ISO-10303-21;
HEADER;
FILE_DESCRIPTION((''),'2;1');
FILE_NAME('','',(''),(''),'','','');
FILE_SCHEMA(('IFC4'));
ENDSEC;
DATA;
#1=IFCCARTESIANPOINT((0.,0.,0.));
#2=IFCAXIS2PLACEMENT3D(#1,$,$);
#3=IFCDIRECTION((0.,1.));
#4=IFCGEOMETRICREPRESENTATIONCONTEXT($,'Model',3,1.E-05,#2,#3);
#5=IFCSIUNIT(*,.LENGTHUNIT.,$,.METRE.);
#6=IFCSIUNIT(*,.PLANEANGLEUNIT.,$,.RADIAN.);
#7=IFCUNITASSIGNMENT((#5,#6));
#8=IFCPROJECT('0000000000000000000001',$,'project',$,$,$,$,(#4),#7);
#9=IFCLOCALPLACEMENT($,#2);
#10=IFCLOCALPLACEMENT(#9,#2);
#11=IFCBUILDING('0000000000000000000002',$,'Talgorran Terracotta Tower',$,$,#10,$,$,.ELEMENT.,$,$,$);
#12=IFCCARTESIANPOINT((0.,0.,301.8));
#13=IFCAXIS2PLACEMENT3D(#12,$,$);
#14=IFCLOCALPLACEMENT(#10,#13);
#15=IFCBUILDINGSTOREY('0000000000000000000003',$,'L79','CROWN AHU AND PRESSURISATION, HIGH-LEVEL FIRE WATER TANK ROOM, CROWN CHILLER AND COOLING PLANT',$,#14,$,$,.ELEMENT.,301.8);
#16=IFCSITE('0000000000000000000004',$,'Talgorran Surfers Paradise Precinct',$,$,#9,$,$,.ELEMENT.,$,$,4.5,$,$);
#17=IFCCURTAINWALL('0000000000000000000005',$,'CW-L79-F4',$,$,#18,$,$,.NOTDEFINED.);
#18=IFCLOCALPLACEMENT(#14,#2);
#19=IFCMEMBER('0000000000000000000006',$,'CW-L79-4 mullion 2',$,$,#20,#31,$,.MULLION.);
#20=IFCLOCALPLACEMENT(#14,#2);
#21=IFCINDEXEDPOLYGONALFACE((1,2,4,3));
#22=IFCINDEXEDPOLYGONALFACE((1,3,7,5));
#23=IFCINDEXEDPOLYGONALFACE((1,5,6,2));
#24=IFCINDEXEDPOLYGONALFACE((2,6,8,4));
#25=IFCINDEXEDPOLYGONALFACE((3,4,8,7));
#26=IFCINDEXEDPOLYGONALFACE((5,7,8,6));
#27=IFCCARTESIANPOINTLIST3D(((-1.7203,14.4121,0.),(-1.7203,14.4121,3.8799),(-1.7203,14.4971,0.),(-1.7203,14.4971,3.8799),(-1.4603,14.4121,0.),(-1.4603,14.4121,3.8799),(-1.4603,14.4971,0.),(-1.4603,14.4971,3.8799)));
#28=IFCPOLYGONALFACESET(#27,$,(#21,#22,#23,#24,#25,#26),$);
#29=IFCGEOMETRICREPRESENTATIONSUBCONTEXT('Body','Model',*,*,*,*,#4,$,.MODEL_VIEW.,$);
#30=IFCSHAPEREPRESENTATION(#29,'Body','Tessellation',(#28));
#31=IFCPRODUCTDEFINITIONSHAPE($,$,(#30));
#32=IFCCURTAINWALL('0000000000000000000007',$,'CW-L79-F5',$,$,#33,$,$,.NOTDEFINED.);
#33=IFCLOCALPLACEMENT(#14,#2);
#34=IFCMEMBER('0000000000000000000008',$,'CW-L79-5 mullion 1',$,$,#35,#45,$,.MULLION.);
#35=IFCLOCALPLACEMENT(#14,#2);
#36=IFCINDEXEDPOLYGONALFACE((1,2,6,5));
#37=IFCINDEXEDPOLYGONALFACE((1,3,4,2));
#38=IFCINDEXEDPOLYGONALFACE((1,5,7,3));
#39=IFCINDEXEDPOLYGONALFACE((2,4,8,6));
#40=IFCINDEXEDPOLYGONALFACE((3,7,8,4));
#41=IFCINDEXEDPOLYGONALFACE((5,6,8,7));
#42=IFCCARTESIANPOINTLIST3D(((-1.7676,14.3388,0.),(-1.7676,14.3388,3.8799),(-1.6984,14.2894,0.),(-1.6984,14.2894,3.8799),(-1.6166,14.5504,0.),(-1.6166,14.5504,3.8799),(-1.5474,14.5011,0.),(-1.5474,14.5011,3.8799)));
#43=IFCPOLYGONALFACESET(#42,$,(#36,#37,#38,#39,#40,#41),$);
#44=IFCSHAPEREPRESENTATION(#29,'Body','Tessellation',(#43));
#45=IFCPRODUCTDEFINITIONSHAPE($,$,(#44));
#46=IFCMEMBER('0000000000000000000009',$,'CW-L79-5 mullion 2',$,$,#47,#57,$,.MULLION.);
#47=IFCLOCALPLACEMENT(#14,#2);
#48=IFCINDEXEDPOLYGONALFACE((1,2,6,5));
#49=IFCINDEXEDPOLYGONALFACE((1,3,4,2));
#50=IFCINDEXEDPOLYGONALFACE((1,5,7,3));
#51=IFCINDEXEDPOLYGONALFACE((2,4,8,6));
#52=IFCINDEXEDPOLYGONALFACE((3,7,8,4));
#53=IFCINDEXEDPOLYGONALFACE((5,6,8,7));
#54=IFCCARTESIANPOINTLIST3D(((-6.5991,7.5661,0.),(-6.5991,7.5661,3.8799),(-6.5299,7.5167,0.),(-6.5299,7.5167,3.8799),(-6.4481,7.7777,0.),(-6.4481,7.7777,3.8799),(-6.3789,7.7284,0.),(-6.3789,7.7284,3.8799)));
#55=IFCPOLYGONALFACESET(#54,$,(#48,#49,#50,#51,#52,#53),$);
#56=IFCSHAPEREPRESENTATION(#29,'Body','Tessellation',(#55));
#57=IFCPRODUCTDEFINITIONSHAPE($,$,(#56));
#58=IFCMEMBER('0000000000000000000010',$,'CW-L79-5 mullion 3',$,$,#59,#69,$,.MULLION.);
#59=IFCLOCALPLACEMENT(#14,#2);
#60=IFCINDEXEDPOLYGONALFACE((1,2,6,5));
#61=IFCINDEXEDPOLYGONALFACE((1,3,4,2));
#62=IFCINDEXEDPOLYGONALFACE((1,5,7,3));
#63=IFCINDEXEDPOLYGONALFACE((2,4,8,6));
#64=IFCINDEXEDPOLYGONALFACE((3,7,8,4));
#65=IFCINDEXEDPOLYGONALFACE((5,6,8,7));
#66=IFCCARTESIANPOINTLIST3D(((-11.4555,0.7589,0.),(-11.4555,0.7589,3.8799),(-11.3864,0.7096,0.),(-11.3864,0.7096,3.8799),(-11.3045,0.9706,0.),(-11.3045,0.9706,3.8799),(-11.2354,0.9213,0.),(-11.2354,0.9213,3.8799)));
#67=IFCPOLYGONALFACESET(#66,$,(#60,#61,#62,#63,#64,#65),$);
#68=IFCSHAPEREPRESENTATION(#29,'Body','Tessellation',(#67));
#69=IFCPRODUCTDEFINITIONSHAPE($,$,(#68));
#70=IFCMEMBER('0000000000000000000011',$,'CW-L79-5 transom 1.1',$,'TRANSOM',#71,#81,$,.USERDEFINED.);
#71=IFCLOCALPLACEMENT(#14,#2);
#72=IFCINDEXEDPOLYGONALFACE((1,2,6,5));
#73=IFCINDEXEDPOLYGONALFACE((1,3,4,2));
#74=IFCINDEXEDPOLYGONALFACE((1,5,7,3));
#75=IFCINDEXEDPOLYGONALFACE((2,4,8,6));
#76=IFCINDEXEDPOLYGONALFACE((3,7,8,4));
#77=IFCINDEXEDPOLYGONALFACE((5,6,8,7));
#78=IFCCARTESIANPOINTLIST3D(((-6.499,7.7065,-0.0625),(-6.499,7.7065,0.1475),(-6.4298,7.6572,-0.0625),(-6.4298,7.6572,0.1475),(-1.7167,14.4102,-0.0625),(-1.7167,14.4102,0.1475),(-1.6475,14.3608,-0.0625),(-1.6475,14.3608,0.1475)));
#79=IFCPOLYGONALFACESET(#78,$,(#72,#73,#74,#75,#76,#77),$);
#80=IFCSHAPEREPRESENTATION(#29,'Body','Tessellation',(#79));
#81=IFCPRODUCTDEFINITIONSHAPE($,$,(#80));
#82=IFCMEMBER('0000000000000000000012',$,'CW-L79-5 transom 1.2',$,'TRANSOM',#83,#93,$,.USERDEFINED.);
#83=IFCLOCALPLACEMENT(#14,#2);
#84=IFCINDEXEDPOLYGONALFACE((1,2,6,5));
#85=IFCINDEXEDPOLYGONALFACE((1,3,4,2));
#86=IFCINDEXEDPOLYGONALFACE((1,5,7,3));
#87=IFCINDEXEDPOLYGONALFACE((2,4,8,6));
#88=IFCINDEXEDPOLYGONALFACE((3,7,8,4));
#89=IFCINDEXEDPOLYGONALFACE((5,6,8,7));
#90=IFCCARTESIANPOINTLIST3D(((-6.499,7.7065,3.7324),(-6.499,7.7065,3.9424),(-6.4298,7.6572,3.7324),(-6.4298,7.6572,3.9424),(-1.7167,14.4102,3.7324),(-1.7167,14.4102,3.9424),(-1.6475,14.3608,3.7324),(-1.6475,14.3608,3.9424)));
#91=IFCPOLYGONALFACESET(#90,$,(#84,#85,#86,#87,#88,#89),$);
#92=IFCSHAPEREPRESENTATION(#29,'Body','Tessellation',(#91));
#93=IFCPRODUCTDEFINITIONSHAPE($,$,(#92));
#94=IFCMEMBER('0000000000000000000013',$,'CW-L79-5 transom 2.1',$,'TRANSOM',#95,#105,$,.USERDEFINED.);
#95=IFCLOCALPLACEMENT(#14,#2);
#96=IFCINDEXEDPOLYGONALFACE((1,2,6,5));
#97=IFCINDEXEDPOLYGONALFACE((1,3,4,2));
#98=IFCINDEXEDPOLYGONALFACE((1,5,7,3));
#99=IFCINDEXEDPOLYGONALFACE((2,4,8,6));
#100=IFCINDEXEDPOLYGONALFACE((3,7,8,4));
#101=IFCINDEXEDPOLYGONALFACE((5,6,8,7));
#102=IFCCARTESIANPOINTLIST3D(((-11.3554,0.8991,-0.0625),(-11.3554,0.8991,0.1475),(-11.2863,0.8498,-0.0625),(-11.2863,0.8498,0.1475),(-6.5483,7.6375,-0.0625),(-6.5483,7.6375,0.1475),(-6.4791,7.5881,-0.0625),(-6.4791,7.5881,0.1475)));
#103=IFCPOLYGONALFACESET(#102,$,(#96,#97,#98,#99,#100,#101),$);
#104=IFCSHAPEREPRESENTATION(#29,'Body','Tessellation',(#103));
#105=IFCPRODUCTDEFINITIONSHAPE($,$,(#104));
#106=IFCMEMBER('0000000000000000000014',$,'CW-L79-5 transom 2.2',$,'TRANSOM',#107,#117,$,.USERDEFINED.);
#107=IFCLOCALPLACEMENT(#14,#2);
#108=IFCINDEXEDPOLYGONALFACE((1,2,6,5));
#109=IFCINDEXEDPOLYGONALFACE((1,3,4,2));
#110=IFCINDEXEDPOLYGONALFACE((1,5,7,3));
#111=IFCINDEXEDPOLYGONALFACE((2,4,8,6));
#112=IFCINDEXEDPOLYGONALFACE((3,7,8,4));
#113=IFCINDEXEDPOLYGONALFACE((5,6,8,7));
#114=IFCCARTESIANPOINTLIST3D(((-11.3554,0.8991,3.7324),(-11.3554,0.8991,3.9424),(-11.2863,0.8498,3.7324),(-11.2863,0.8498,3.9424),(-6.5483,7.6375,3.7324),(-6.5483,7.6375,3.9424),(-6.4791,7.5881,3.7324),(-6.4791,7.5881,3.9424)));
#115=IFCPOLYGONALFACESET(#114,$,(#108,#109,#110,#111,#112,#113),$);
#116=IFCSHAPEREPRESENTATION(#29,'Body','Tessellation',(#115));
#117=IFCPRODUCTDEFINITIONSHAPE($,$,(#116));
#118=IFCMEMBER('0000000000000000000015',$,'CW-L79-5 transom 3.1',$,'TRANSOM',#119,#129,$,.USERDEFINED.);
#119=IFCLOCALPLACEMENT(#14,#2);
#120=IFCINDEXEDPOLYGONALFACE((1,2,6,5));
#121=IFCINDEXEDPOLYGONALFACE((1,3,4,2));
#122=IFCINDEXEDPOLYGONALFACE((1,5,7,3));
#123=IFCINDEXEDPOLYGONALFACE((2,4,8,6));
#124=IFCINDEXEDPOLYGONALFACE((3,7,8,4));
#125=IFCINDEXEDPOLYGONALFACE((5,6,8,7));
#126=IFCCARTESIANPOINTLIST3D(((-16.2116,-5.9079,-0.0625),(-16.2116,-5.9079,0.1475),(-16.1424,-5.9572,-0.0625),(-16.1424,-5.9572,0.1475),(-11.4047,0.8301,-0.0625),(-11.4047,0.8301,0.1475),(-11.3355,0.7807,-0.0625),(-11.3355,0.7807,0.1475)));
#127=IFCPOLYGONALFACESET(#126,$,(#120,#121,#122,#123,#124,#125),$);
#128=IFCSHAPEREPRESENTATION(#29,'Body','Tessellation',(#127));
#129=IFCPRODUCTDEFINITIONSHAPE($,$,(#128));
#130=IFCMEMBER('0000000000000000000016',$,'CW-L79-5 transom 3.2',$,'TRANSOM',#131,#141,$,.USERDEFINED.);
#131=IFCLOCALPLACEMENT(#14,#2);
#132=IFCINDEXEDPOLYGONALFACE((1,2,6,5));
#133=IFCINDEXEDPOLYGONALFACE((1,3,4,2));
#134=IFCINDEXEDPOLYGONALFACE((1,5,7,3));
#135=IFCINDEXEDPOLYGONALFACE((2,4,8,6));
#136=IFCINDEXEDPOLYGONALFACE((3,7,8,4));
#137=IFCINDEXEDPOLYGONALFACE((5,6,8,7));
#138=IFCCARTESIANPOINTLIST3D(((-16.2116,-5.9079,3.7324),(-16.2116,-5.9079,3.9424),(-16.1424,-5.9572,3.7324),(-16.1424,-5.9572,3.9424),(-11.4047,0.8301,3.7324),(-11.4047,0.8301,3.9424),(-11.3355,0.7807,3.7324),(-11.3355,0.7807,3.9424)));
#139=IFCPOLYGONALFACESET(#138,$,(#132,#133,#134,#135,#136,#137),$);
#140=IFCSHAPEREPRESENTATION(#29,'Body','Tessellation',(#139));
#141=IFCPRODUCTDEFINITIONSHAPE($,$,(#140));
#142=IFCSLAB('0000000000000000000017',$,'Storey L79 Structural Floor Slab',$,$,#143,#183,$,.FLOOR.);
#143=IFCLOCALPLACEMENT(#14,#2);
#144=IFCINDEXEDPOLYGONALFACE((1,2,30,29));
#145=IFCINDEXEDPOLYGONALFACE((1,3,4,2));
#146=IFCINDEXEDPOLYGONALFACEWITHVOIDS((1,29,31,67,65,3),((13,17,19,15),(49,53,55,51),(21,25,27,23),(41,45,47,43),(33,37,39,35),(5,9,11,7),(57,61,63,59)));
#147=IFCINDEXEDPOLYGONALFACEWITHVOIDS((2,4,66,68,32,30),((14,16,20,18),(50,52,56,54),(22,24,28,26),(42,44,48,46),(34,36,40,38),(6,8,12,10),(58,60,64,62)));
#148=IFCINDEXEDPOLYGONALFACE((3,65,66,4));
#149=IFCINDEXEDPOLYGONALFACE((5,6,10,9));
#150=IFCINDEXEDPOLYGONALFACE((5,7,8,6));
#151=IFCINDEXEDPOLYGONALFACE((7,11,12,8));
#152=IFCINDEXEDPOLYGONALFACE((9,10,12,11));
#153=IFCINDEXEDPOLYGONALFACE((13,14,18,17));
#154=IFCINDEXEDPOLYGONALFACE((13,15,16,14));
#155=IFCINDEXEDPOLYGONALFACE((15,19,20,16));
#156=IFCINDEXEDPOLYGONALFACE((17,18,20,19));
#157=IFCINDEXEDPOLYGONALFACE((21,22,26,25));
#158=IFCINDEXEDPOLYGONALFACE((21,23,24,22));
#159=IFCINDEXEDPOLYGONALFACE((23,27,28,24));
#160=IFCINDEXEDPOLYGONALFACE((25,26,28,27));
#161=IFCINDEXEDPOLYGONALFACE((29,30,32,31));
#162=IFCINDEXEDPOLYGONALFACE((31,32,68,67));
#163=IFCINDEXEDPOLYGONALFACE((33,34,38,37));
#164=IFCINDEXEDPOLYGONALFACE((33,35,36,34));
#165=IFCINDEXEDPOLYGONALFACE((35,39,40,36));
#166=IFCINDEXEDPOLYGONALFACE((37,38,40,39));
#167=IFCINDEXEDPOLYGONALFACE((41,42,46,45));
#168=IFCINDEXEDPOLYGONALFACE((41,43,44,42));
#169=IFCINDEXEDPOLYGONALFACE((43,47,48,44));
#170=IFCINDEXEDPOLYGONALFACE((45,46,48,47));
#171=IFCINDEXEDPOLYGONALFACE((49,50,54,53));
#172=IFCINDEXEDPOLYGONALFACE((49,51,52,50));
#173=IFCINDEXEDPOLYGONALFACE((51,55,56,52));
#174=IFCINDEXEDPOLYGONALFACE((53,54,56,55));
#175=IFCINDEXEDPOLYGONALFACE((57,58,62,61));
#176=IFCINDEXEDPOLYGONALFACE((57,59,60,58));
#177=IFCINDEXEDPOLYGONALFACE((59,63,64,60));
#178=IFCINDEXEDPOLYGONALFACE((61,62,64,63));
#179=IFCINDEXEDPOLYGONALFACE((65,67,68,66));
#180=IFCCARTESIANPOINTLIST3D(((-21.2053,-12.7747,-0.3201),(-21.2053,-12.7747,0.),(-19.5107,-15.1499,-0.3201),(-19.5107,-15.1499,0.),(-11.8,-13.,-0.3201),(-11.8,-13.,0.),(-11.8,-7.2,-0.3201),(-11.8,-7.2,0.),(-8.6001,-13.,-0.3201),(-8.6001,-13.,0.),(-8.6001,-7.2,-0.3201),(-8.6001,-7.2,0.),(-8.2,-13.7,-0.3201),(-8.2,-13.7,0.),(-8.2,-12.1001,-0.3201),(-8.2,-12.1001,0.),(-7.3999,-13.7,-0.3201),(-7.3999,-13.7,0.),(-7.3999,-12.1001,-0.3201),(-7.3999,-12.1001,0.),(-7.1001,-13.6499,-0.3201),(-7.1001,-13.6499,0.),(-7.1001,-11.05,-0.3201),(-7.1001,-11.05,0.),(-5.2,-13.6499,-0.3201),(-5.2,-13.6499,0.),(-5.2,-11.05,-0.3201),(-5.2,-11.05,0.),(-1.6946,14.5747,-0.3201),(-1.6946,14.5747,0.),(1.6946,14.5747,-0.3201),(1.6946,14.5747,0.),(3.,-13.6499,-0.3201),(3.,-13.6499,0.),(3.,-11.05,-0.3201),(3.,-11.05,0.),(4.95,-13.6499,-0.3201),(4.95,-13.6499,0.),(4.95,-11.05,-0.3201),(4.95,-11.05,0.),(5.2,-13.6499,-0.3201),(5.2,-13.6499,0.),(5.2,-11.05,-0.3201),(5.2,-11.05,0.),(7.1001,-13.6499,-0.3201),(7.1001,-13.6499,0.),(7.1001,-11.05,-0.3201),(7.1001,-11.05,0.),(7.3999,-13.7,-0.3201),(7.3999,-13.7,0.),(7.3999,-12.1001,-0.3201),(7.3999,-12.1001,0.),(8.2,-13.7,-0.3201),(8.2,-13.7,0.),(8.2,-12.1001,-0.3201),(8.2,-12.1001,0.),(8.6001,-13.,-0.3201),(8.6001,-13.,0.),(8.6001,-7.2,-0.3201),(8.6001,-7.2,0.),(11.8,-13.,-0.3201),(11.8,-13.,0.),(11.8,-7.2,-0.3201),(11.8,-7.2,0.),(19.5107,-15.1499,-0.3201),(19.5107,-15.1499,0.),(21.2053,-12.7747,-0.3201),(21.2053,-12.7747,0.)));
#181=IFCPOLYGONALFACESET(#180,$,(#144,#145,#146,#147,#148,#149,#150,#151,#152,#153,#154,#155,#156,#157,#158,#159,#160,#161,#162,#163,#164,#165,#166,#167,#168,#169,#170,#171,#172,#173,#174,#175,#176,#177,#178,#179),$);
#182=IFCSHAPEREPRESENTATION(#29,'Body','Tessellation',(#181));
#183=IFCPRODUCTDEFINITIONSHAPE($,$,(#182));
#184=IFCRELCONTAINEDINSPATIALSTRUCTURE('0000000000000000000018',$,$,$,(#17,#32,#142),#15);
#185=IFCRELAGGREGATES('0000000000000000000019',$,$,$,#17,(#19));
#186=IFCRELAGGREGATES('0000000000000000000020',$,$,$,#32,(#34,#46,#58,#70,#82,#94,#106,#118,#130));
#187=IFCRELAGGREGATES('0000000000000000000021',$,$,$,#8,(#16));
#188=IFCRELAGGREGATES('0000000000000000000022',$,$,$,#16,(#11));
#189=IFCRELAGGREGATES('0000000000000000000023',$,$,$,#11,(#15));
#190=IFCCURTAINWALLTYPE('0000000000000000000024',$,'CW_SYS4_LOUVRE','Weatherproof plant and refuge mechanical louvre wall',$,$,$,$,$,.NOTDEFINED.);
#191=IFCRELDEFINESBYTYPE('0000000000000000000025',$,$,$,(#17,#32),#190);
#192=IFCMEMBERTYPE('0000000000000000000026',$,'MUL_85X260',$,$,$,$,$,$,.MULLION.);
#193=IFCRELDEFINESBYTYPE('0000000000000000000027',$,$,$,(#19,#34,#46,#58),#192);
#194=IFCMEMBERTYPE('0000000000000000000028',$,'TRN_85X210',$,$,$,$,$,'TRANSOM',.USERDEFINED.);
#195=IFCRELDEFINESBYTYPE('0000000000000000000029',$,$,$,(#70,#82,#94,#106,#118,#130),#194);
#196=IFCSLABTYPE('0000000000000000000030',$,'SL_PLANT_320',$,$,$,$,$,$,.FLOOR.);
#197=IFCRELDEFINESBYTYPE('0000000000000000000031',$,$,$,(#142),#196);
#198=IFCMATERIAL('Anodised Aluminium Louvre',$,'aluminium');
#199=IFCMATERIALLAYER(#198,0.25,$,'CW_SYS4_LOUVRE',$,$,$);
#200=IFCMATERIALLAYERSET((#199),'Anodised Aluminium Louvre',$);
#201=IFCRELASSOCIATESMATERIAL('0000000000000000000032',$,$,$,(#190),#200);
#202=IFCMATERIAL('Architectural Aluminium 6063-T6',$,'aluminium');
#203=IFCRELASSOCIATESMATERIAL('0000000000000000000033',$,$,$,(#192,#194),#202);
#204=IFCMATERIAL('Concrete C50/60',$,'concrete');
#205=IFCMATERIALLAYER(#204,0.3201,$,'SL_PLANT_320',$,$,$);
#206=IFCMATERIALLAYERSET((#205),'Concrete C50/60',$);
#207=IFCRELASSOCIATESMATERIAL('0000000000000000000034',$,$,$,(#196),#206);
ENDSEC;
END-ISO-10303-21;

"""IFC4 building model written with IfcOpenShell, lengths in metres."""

from ifc_helpers import new_model, si_unit, direction, frame, origin, origin_2d, place, context, subcontext, project, spatial, polyline, rectangle, outline, extrude, material, layer, layer_set, material_profile, profile_set, type_object, element, aggregate, save


model = new_model("IFC4")

# Units and contexts
model_context = context("Model", 3, precision=1e-05, world=origin(), true_north=direction((0.0, 1.0)))
body_context = subcontext(model_context, "Body", "Model", "MODEL_VIEW")
ifc_project = project(units=[si_unit("LENGTHUNIT", "METRE"), si_unit("PLANEANGLEUNIT", "RADIAN")], contexts=[model_context])

# Site, building, storey
site_placement = place(None, origin())
site = spatial("IfcSite", under=ifc_project, at=site_placement, Name="Talgorran Surfers Paradise Precinct", CompositionType="ELEMENT", RefElevation=4.5)
building_placement = place(site_placement, origin())
building = spatial("IfcBuilding", under=site, at=building_placement, Name="Talgorran Terracotta Tower", CompositionType="ELEMENT")
storey_placement = place(building_placement, frame((0.0, 0.0, 301.8)))
storey = spatial("IfcBuildingStorey", under=building, at=storey_placement, Name="L79", Description="CROWN AHU AND PRESSURISATION, HIGH-LEVEL FIRE WATER TANK ROOM, CROWN CHILLER AND COOLING PLANT", CompositionType="ELEMENT", Elevation=301.8)

# Curtain wall, member
ifc_material_1 = material(Name="Anodised Aluminium Louvre", Category="aluminium")
ifc_layer_1 = layer(ifc_material_1, 0.25, Name="CW_SYS4_LOUVRE")
ifc_layer_set_1 = layer_set([ifc_layer_1], Name="Anodised Aluminium Louvre")
curtain_wall_type = type_object("IfcCurtainWallType", Name="CW_SYS4_LOUVRE", Description="Weatherproof plant and refuge mechanical louvre wall", PredefinedType="NOTDEFINED", material=ifc_layer_set_1)
curtain_wall_1_placement = place(storey_placement, origin())
curtain_wall_1 = element("IfcCurtainWall", 1, at=curtain_wall_1_placement, inside=storey, type_object=curtain_wall_type, Name="CW-L79-F4", PredefinedType="NOTDEFINED")
ifc_material_2 = material(Name="Architectural Aluminium 6063-T6", Category="aluminium")
ifc_material_profile_1 = material_profile(ifc_material_2, rectangle(XDim=0.085, YDim=0.26, at=origin_2d()), Name="CWM85X260")
ifc_profile_set_1 = profile_set([ifc_material_profile_1], Name="Architectural Aluminium 6063-T6")
member_type_1 = type_object("IfcMemberType", Name="MUL_85X260", PredefinedType="MULLION", material=ifc_profile_set_1)
member_1_placement = place(storey_placement, frame((-1.5903, 14.4546, 0.0), z_axis=(0.0, 0.0, 1.0), x_axis=(0.0, -1.0, 0.0)))
member_1 = element("IfcMember", 2, at=member_1_placement, type_object=member_type_1, Name="CW-L79-4 mullion 2", PredefinedType="MULLION", context=body_context, shape_type="SweptSolid", body=[
    extrude(rectangle(XDim=0.085, YDim=0.26, at=origin_2d()), origin(), (0.0, 0.0, 1.0), 3.8799),
])
aggregate(curtain_wall_1, [member_1])

# Curtain wall, members
curtain_wall_2_placement = place(storey_placement, origin())
curtain_wall_2 = element("IfcCurtainWall", 3, at=curtain_wall_2_placement, inside=storey, type_object=curtain_wall_type, Name="CW-L79-F5", PredefinedType="NOTDEFINED")
member_2_placement = place(storey_placement, frame((-1.6575, 14.4199, 0.0), z_axis=(0.0, 0.0, 1.0), x_axis=(0.814076, -0.580758, 0.0)))
member_2 = element("IfcMember", 4, at=member_2_placement, type_object=member_type_1, Name="CW-L79-5 mullion 1", PredefinedType="MULLION", context=body_context, shape_type="SweptSolid", body=[
    extrude(rectangle(XDim=0.085, YDim=0.26, at=origin_2d()), origin(), (0.0, 0.0, 1.0), 3.8799),
])
member_3_placement = place(storey_placement, frame((-6.489, 7.6472, 0.0), z_axis=(0.0, 0.0, 1.0), x_axis=(0.814076, -0.580758, 0.0)))
member_3 = element("IfcMember", 5, at=member_3_placement, type_object=member_type_1, Name="CW-L79-5 mullion 2", PredefinedType="MULLION", context=body_context, shape_type="SweptSolid", body=[
    extrude(rectangle(XDim=0.085, YDim=0.26, at=origin_2d()), origin(), (0.0, 0.0, 1.0), 3.8799),
])
member_4_placement = place(storey_placement, frame((-11.3455, 0.8401, 0.0), z_axis=(0.0, 0.0, 1.0), x_axis=(0.814076, -0.580758, 0.0)))
member_4 = element("IfcMember", 6, at=member_4_placement, type_object=member_type_1, Name="CW-L79-5 mullion 3", PredefinedType="MULLION", context=body_context, shape_type="SweptSolid", body=[
    extrude(rectangle(XDim=0.085, YDim=0.26, at=origin_2d()), origin(), (0.0, 0.0, 1.0), 3.8799),
])
ifc_material_profile_2 = material_profile(ifc_material_2, rectangle(XDim=0.085, YDim=0.21, at=origin_2d()), Name="CWT85X210")
ifc_profile_set_2 = profile_set([ifc_material_profile_2], Name="Architectural Aluminium 6063-T6")
member_type_2 = type_object("IfcMemberType", Name="TRN_85X210", ElementType="TRANSOM", PredefinedType="USERDEFINED", material=ifc_profile_set_2)
member_5_placement = place(storey_placement, frame((-1.6821, 14.3855, 0.0425), z_axis=(-0.58075, -0.814082, 0.0), x_axis=(0.814082, -0.58075, 0.0)))
member_5 = element("IfcMember", 7, at=member_5_placement, type_object=member_type_2, Name="CW-L79-5 transom 1.1", ObjectType="TRANSOM", PredefinedType="USERDEFINED", context=body_context, shape_type="SweptSolid", body=[
    extrude(rectangle(XDim=0.085, YDim=0.21, at=origin_2d()), origin(), (0.0, 0.0, 1.0), 8.2346),
])
member_6_placement = place(storey_placement, frame((-1.6821, 14.3855, 3.8374), z_axis=(-0.58075, -0.814082, 0.0), x_axis=(0.814082, -0.58075, 0.0)))
member_6 = element("IfcMember", 8, at=member_6_placement, type_object=member_type_2, Name="CW-L79-5 transom 1.2", ObjectType="TRANSOM", PredefinedType="USERDEFINED", context=body_context, shape_type="SweptSolid", body=[
    extrude(rectangle(XDim=0.085, YDim=0.21, at=origin_2d()), origin(), (0.0, 0.0, 1.0), 8.2346),
])
member_7_placement = place(storey_placement, frame((-6.5137, 7.6128, 0.0425), z_axis=(-0.580764, -0.814072, 0.0), x_axis=(0.814072, -0.580764, 0.0)))
member_7 = element("IfcMember", 9, at=member_7_placement, type_object=member_type_2, Name="CW-L79-5 transom 2.1", ObjectType="TRANSOM", PredefinedType="USERDEFINED", context=body_context, shape_type="SweptSolid", body=[
    extrude(rectangle(XDim=0.085, YDim=0.21, at=origin_2d()), origin(), (0.0, 0.0, 1.0), 8.2773),
])
member_8_placement = place(storey_placement, frame((-6.5137, 7.6128, 3.8374), z_axis=(-0.580764, -0.814072, 0.0), x_axis=(0.814072, -0.580764, 0.0)))
member_8 = element("IfcMember", 10, at=member_8_placement, type_object=member_type_2, Name="CW-L79-5 transom 2.2", ObjectType="TRANSOM", PredefinedType="USERDEFINED", context=body_context, shape_type="SweptSolid", body=[
    extrude(rectangle(XDim=0.085, YDim=0.21, at=origin_2d()), origin(), (0.0, 0.0, 1.0), 8.2773),
])
member_9_placement = place(storey_placement, frame((-11.3701, 0.8054, 0.0425), z_axis=(-0.580758, -0.814076, 0.0), x_axis=(0.814076, -0.580758, 0.0)))
member_9 = element("IfcMember", 11, at=member_9_placement, type_object=member_type_2, Name="CW-L79-5 transom 3.1", ObjectType="TRANSOM", PredefinedType="USERDEFINED", context=body_context, shape_type="SweptSolid", body=[
    extrude(rectangle(XDim=0.085, YDim=0.21, at=origin_2d()), origin(), (0.0, 0.0, 1.0), 8.2769),
])
member_10_placement = place(storey_placement, frame((-11.3701, 0.8054, 3.8374), z_axis=(-0.580758, -0.814076, 0.0), x_axis=(0.814076, -0.580758, 0.0)))
member_10 = element("IfcMember", 12, at=member_10_placement, type_object=member_type_2, Name="CW-L79-5 transom 3.2", ObjectType="TRANSOM", PredefinedType="USERDEFINED", context=body_context, shape_type="SweptSolid", body=[
    extrude(rectangle(XDim=0.085, YDim=0.21, at=origin_2d()), origin(), (0.0, 0.0, 1.0), 8.2769),
])

# Slab
ifc_material_3 = material(Name="Concrete C50/60", Category="concrete")
ifc_layer_2 = layer(ifc_material_3, 0.3201, Name="SL_PLANT_320")
ifc_layer_set_2 = layer_set([ifc_layer_2], Name="Concrete C50/60")
slab_type = type_object("IfcSlabType", Name="SL_PLANT_320", PredefinedType="FLOOR", material=ifc_layer_set_2)
slab_placement = place(storey_placement, frame((0.0, 0.0, -0.3201)))
element("IfcSlab", 13, at=slab_placement, inside=storey, type_object=slab_type, Name="Storey L79 Structural Floor Slab", PredefinedType="FLOOR", context=body_context, shape_type="SweptSolid", body=[
    extrude(outline(polyline([(-21.2053, -12.7747), (-19.5107, -15.1499), (19.5107, -15.1499), (21.2053, -12.7747), (1.6946, 14.5747), (-1.6946, 14.5747), (-21.2053, -12.7747)]), holes=[polyline([(-11.8, -7.2), (-11.8, -13.0), (-8.6001, -13.0), (-8.6001, -7.2), (-11.8, -7.2)]), polyline([(8.6001, -7.2), (8.6001, -13.0), (11.8, -13.0), (11.8, -7.2), (8.6001, -7.2)]), polyline([(-7.1001, -13.6499), (-5.2, -13.6499), (-5.2, -11.05), (-7.1001, -11.05), (-7.1001, -13.6499)]), polyline([(5.2, -13.6499), (7.1001, -13.6499), (7.1001, -11.05), (5.2, -11.05), (5.2, -13.6499)]), polyline([(3.0, -13.6499), (4.95, -13.6499), (4.95, -11.05), (3.0, -11.05), (3.0, -13.6499)]), polyline([(-8.2, -13.7), (-7.3999, -13.7), (-7.3999, -12.1001), (-8.2, -12.1001), (-8.2, -13.7)]), polyline([(7.3999, -13.7), (8.2, -13.7), (8.2, -12.1001), (7.3999, -12.1001), (7.3999, -13.7)])]), origin(), (0.0, 0.0, 1.0), 0.3201),
])

aggregate(curtain_wall_2, [member_2, member_3, member_4, member_5, member_6, member_7, member_8, member_9, member_10])

save(model, "model.ifc")
